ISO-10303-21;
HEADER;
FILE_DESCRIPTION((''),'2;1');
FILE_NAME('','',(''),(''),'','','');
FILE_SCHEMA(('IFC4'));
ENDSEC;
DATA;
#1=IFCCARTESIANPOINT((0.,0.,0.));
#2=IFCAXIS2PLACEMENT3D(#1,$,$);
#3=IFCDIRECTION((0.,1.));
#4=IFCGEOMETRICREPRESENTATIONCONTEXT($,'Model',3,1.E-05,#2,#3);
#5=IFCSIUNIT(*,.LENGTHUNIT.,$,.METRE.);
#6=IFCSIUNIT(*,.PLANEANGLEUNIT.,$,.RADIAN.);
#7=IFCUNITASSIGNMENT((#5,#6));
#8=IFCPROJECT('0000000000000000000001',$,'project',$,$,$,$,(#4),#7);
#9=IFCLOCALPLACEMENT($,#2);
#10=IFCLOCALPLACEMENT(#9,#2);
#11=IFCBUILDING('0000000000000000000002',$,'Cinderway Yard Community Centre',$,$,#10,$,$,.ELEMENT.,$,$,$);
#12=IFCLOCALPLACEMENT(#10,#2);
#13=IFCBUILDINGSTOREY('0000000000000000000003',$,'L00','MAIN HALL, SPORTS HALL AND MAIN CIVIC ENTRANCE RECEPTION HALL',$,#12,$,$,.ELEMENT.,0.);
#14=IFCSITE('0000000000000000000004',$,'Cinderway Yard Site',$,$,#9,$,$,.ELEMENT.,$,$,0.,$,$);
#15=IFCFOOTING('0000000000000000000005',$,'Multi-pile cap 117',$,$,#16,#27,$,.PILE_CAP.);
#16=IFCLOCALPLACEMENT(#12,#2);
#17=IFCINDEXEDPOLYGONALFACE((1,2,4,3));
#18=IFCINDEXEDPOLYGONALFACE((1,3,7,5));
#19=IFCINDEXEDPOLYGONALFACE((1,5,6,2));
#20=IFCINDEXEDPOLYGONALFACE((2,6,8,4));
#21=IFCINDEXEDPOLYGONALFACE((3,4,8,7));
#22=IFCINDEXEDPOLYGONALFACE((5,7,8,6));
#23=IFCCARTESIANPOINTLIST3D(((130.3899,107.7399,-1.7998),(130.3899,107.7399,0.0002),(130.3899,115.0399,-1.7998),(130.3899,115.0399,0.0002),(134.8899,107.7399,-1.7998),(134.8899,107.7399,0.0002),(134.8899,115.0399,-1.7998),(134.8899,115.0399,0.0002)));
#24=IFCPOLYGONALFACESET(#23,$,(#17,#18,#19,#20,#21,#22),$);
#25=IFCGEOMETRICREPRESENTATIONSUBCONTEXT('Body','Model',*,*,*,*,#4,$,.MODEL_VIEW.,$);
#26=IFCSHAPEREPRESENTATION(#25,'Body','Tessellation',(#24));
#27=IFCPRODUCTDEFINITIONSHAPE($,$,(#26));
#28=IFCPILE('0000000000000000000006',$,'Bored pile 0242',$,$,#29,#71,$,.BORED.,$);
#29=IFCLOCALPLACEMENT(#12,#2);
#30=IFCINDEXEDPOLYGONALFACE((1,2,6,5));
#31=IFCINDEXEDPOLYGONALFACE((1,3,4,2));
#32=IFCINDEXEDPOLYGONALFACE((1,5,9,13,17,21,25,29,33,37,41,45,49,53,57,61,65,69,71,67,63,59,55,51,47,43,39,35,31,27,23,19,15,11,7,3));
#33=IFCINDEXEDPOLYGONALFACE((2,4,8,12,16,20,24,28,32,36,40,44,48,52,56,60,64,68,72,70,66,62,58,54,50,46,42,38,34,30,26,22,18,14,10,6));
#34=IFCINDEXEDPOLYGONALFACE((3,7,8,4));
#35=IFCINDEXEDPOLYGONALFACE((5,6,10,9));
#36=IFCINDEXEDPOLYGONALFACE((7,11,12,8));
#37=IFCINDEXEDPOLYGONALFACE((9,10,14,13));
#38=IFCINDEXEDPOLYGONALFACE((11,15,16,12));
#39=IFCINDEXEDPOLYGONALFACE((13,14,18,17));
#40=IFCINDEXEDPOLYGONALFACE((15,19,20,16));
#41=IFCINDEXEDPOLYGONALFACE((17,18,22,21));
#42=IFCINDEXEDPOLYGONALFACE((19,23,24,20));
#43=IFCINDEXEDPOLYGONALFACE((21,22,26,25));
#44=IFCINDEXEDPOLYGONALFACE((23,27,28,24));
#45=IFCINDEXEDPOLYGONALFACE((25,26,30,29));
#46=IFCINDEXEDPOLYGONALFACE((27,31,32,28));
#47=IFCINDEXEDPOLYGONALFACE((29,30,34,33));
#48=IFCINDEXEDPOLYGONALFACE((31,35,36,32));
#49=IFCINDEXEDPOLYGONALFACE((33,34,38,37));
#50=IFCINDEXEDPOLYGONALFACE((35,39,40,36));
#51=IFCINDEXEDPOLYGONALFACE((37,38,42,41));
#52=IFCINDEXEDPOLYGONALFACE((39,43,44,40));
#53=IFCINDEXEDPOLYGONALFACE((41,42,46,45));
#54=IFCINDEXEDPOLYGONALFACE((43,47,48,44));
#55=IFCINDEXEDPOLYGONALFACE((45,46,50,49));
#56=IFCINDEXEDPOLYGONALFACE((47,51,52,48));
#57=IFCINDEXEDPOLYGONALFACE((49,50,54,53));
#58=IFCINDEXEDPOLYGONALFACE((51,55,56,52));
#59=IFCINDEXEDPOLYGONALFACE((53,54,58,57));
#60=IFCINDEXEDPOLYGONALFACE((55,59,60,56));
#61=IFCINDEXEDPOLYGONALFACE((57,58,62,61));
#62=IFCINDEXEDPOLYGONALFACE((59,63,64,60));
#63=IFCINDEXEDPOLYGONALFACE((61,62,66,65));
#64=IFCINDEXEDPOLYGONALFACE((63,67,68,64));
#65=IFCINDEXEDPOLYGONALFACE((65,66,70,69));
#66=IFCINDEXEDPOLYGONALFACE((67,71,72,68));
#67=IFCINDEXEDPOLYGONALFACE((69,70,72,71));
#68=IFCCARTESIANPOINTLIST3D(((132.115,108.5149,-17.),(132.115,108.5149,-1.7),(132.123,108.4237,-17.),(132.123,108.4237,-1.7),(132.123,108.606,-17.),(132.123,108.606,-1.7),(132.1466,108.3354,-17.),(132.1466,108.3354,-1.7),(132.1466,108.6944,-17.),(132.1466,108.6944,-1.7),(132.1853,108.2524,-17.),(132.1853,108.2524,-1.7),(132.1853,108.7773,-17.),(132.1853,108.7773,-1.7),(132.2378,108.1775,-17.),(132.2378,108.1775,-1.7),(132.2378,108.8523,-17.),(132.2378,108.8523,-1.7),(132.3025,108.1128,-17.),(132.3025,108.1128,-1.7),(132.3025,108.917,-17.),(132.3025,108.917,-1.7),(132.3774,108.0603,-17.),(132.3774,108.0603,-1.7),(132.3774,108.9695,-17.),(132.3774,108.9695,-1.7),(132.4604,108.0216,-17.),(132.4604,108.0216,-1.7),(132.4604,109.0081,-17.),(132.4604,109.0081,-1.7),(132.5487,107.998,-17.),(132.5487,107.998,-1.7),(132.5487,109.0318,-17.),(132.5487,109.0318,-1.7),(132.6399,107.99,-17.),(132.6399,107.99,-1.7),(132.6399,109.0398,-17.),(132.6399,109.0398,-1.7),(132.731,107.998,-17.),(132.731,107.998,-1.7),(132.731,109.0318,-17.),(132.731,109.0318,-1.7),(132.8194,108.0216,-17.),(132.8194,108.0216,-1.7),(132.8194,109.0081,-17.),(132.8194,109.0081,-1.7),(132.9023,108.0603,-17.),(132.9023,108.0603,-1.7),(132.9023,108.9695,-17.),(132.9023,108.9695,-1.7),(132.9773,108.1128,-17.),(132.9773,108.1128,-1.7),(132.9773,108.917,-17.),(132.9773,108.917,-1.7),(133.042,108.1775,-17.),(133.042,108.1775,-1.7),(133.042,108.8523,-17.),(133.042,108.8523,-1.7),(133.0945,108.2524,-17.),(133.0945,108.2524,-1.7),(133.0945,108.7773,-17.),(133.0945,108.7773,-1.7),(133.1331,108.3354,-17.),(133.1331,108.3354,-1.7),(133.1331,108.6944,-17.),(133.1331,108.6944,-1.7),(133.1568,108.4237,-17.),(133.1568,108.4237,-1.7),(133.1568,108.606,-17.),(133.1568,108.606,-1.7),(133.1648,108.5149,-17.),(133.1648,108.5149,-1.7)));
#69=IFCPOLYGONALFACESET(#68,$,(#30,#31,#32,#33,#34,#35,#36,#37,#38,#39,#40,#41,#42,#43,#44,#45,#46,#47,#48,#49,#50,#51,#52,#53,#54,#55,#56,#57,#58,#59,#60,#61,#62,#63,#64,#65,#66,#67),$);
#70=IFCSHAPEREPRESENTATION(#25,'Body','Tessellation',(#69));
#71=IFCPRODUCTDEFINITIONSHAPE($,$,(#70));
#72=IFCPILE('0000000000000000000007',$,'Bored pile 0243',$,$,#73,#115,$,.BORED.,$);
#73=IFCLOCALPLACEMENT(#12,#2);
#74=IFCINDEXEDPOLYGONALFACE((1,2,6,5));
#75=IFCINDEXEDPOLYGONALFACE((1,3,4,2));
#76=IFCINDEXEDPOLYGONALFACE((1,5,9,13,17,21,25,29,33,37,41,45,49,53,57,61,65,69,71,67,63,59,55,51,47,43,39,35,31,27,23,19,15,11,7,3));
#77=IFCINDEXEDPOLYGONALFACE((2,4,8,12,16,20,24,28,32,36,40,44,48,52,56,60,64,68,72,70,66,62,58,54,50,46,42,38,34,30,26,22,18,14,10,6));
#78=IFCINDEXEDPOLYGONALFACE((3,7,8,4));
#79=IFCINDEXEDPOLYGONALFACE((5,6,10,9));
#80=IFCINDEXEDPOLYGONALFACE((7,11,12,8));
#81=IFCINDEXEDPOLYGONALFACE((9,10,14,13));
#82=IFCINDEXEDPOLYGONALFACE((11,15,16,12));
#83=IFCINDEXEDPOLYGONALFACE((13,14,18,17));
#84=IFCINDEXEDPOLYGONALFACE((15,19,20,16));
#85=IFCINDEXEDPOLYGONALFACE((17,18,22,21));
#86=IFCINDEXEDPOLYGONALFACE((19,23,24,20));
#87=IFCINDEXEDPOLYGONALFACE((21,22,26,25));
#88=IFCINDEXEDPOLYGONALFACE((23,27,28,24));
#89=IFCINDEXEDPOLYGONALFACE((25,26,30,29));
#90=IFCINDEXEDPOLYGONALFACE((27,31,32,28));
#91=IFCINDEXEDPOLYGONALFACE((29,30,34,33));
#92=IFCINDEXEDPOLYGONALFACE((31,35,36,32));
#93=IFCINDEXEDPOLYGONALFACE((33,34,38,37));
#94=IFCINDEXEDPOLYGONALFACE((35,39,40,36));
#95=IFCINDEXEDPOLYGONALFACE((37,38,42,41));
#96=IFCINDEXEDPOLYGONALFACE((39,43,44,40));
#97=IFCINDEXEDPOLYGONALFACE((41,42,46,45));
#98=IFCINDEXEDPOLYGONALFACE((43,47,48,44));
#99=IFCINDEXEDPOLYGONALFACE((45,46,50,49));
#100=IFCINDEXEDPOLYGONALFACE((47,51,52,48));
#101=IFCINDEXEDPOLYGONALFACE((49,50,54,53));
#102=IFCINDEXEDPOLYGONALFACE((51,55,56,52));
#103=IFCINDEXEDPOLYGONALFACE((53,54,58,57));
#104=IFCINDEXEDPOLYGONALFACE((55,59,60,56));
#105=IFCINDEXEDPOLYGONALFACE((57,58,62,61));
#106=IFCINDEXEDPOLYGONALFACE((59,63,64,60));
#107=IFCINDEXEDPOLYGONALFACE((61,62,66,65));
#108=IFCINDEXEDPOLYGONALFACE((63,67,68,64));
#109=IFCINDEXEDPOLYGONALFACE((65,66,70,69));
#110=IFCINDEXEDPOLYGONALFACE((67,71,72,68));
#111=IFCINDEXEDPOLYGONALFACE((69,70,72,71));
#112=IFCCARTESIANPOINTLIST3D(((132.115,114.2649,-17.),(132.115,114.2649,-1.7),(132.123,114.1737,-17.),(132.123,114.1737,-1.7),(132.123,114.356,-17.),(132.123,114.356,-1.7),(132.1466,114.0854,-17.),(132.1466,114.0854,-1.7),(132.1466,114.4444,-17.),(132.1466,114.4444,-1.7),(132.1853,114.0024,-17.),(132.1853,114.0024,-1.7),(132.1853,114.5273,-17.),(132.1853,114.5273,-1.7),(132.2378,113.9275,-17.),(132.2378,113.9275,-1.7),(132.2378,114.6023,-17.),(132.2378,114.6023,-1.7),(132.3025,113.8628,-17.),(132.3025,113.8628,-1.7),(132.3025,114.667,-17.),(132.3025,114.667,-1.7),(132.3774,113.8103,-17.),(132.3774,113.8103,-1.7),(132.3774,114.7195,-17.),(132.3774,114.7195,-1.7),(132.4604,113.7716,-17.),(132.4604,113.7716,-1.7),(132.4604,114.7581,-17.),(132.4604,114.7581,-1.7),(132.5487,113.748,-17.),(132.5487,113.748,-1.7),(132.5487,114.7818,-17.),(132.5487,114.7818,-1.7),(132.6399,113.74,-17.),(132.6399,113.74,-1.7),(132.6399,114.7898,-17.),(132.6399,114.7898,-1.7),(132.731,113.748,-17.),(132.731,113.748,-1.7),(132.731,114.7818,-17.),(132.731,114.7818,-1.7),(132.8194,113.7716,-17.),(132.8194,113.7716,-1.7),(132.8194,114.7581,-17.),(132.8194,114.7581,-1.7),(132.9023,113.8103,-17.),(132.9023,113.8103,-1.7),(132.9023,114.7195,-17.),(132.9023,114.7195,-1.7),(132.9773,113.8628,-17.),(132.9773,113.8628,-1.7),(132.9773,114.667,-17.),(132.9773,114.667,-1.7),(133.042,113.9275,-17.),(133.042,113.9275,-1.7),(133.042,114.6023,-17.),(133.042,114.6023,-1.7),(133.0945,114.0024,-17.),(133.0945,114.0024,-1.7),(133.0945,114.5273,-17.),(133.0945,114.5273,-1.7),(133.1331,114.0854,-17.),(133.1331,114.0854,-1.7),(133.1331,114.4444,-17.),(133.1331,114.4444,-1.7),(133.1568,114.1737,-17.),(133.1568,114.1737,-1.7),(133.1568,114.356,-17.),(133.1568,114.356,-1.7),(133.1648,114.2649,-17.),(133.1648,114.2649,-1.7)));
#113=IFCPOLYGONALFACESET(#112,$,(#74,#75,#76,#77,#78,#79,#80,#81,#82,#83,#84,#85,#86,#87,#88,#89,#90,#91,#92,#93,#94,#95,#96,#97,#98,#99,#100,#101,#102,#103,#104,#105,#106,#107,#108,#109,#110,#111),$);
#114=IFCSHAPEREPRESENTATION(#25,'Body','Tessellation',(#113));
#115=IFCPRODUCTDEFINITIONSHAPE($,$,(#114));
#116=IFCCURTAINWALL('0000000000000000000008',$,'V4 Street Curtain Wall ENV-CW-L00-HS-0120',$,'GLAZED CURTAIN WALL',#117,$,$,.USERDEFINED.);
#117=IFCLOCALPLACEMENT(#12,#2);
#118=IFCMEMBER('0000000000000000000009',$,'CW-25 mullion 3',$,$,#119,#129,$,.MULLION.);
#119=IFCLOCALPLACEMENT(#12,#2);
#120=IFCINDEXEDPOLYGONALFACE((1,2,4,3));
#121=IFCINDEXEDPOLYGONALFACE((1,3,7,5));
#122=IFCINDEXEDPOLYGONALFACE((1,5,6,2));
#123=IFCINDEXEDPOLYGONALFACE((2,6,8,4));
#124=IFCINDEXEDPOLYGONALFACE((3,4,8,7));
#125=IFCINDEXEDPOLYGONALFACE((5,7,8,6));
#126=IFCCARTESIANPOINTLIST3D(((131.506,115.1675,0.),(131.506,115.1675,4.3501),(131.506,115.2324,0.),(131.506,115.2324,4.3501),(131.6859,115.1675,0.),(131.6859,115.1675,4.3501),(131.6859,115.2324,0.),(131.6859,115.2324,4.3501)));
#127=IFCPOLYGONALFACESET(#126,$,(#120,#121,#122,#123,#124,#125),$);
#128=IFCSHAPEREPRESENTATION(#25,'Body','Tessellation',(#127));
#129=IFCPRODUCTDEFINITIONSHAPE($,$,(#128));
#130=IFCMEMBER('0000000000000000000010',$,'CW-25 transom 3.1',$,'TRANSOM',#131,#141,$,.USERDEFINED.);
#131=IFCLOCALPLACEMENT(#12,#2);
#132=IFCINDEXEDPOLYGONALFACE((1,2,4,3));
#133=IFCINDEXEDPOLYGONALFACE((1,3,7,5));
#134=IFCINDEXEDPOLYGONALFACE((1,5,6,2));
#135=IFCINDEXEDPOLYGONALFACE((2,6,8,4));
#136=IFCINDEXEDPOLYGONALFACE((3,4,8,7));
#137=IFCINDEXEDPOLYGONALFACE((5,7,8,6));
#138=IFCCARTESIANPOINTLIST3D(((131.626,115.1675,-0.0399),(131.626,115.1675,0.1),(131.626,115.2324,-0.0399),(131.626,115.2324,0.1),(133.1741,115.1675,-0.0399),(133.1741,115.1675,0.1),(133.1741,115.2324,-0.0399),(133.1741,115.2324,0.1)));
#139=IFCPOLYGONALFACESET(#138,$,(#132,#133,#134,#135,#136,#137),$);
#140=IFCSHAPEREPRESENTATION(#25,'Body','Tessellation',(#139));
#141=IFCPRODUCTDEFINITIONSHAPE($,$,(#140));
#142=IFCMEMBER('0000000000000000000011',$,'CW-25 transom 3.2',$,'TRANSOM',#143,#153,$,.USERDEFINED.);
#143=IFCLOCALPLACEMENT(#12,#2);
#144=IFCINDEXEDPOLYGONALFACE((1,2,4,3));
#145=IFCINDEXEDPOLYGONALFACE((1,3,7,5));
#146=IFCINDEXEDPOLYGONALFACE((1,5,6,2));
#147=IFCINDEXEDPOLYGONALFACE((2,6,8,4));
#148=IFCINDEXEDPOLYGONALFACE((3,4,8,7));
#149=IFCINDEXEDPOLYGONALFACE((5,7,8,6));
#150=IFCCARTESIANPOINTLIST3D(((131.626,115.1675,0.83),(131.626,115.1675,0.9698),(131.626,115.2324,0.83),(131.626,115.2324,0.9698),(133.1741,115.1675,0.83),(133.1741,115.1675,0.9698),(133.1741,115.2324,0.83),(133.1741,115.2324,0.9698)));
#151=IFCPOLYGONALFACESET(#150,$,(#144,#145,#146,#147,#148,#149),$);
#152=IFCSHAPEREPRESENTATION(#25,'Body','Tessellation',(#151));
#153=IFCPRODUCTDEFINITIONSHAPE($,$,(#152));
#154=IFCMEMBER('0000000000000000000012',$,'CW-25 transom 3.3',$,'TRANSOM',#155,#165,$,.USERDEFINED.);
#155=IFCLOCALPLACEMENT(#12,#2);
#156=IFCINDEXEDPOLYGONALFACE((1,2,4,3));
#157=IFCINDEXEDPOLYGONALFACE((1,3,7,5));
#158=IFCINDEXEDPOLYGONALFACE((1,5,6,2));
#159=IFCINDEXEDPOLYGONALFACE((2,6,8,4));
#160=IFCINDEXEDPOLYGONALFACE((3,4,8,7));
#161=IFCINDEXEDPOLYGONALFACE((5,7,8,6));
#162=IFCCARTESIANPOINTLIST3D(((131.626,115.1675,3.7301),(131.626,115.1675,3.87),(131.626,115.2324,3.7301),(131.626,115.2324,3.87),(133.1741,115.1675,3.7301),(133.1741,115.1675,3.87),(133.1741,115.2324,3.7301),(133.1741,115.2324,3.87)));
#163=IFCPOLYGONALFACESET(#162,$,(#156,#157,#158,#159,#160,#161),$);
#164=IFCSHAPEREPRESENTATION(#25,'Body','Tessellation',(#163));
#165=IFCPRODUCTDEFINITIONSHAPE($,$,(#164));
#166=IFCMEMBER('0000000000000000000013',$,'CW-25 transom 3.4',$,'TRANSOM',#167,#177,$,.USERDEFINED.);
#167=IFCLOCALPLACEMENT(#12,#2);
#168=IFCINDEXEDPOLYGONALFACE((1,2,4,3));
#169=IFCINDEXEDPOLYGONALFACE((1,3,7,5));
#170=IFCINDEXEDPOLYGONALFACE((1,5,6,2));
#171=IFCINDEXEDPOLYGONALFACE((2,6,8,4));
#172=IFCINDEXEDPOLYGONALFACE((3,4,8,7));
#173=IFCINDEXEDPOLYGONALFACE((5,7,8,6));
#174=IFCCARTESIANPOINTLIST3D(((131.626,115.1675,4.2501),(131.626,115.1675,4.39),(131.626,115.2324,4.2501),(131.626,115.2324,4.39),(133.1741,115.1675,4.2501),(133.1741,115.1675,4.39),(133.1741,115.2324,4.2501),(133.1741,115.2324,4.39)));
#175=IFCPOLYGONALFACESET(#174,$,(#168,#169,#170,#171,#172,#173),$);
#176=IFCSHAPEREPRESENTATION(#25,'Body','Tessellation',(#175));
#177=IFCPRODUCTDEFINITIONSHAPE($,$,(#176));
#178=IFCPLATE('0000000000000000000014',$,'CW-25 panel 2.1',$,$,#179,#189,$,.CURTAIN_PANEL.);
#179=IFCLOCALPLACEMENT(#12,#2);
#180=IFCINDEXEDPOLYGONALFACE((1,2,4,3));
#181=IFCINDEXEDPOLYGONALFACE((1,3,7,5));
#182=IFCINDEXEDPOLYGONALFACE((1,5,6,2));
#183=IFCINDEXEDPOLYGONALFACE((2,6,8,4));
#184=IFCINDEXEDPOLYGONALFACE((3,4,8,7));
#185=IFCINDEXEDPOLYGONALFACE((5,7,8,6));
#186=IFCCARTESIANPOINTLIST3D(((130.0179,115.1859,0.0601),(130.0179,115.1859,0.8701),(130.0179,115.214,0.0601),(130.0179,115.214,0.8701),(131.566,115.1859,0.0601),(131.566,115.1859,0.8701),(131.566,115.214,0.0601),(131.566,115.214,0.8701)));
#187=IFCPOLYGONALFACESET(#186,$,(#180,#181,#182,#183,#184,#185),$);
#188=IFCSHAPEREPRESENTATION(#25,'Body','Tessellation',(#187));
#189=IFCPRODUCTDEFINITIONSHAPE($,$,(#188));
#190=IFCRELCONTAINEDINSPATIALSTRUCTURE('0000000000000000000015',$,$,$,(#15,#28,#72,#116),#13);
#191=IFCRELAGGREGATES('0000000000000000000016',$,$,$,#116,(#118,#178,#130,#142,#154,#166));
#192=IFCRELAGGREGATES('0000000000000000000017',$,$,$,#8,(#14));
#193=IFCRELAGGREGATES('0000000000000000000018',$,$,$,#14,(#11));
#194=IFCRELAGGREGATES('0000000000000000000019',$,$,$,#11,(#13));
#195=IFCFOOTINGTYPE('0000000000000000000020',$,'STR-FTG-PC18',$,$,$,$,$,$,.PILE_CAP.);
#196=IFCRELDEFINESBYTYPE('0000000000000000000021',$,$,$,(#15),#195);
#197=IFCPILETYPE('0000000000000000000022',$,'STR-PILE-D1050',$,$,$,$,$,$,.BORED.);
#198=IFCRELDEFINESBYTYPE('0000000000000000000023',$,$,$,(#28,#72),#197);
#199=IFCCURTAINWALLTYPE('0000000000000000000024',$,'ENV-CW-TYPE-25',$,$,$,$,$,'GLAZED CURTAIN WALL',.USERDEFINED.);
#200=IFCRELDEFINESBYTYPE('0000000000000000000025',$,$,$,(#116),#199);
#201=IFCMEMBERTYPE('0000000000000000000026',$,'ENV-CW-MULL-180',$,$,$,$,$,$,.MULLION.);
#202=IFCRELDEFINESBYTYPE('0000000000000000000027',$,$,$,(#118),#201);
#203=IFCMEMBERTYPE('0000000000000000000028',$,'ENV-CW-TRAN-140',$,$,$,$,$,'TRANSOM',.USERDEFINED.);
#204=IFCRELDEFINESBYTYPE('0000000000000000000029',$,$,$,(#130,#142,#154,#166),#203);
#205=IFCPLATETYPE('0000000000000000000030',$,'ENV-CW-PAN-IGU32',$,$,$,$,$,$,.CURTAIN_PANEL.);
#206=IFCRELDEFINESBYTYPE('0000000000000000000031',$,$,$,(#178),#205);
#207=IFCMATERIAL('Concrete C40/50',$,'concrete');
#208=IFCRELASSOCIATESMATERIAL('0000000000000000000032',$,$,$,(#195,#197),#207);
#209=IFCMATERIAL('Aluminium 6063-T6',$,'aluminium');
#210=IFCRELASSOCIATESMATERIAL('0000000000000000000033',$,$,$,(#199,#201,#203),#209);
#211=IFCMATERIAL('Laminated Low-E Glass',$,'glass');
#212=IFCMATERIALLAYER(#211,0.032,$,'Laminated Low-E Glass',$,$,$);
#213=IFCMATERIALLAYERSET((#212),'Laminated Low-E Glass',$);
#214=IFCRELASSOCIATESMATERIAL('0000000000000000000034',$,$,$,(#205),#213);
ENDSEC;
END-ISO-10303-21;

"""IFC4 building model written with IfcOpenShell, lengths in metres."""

from ifc_helpers import new_model, si_unit, direction, frame, origin, origin_2d, place, context, subcontext, project, spatial, rectangle, circle, extrude, material, layer, layer_set, material_profile, profile_set, type_object, element, aggregate, save


model = new_model("IFC4")

# Units and contexts
model_context = context("Model", 3, precision=1e-05, world=origin(), true_north=direction((0.0, 1.0)))
body_context = subcontext(model_context, "Body", "Model", "MODEL_VIEW")
ifc_project = project(units=[si_unit("LENGTHUNIT", "METRE"), si_unit("PLANEANGLEUNIT", "RADIAN")], contexts=[model_context])

# Site, building, storey
site_placement = place(None, origin())
site = spatial("IfcSite", under=ifc_project, at=site_placement, Name="Cinderway Yard Site", CompositionType="ELEMENT", RefElevation=0.0)
building_placement = place(site_placement, origin())
building = spatial("IfcBuilding", under=site, at=building_placement, Name="Cinderway Yard Community Centre", CompositionType="ELEMENT")
storey_placement = place(building_placement, origin())
storey = spatial("IfcBuildingStorey", under=building, at=storey_placement, Name="L00", Description="MAIN HALL, SPORTS HALL AND MAIN CIVIC ENTRANCE RECEPTION HALL", CompositionType="ELEMENT", Elevation=0.0)

# Footing
ifc_material_1 = material(Name="Concrete C40/50", Category="concrete")
footing_type = type_object("IfcFootingType", Name="STR-FTG-PC18", PredefinedType="PILE_CAP", material=ifc_material_1)
footing_placement = place(storey_placement, frame((132.6399, 111.3899, -1.7998), z_axis=(0.0, 0.0, 1.0), x_axis=(1.0, 0.0, 0.0)))
element("IfcFooting", 1, at=footing_placement, inside=storey, type_object=footing_type, Name="Multi-pile cap 117", PredefinedType="PILE_CAP", context=body_context, shape_type="SweptSolid", body=[
    extrude(rectangle(XDim=4.5, YDim=7.3, at=origin_2d()), origin(), (0.0, 0.0, 1.0), 1.8),
])

# Piles
ifc_material_profile_1 = material_profile(ifc_material_1, circle(Radius=0.5249, at=origin_2d()), Name="Concrete C40/50")
ifc_profile_set_1 = profile_set([ifc_material_profile_1], Name="Concrete C40/50")
pile_type = type_object("IfcPileType", Name="STR-PILE-D1050", PredefinedType="BORED", material=ifc_profile_set_1)
for number, where, z_axis, x_axis, name in (
    (2, (132.6399, 108.5149, -1.7), (0.0, 0.0, -1.0), (1.0, 0.0, 0.0), "Bored pile 0242"),
    (3, (132.6399, 114.2649, -1.7), (0.0, 0.0, -1.0), (1.0, 0.0, 0.0), "Bored pile 0243"),
):
    element("IfcPile", number, at=place(storey_placement, frame(where, z_axis=z_axis, x_axis=x_axis)), inside=storey, type_object=pile_type, Name=name, PredefinedType="BORED", context=body_context, shape_type="SweptSolid", body=[
        extrude(circle(Radius=0.5249, at=origin_2d()), origin(), (0.0, 0.0, 1.0), 15.3),
    ])

# Curtain wall, members, plate
ifc_material_2 = material(Name="Aluminium 6063-T6", Category="aluminium")
curtain_wall_type = type_object("IfcCurtainWallType", Name="ENV-CW-TYPE-25", ElementType="GLAZED CURTAIN WALL", PredefinedType="USERDEFINED", material=ifc_material_2)
curtain_wall_placement = place(storey_placement, origin())
curtain_wall = element("IfcCurtainWall", 4, at=curtain_wall_placement, inside=storey, type_object=curtain_wall_type, Name="V4 Street Curtain Wall ENV-CW-L00-HS-0120", ObjectType="GLAZED CURTAIN WALL", PredefinedType="USERDEFINED")
ifc_material_profile_2 = material_profile(ifc_material_2, rectangle(XDim=0.0649, YDim=0.1799, at=origin_2d()), Name="Aluminium 6063-T6")
ifc_profile_set_2 = profile_set([ifc_material_profile_2], Name="Aluminium 6063-T6")
member_type_1 = type_object("IfcMemberType", Name="ENV-CW-MULL-180", PredefinedType="MULLION", material=ifc_profile_set_2)
member_1_placement = place(storey_placement, frame((131.5959, 115.2, 0.0), z_axis=(0.0, 0.0, 1.0), x_axis=(0.0, 1.0, 0.0)))
member_1 = element("IfcMember", 5, at=member_1_placement, type_object=member_type_1, Name="CW-25 mullion 3", PredefinedType="MULLION", context=body_context, shape_type="SweptSolid", body=[
    extrude(rectangle(XDim=0.0649, YDim=0.1799, at=origin_2d()), origin(), (0.0, 0.0, 1.0), 4.3501),
])
ifc_material_profile_3 = material_profile(ifc_material_2, rectangle(XDim=0.0649, YDim=0.1399, at=origin_2d()), Name="Aluminium 6063-T6")
ifc_profile_set_3 = profile_set([ifc_material_profile_3], Name="Aluminium 6063-T6")
member_type_2 = type_object("IfcMemberType", Name="ENV-CW-TRAN-140", ElementType="TRANSOM", PredefinedType="USERDEFINED", material=ifc_profile_set_3)
member_2_placement = place(storey_placement, frame((131.626, 115.2, 0.03), z_axis=(1.0, 0.0, 0.0), x_axis=(0.0, 1.0, 0.0)))
member_2 = element("IfcMember", 6, at=member_2_placement, type_object=member_type_2, Name="CW-25 transom 3.1", ObjectType="TRANSOM", PredefinedType="USERDEFINED", context=body_context, shape_type="SweptSolid", body=[
    extrude(rectangle(XDim=0.0649, YDim=0.1399, at=origin_2d()), origin(), (0.0, 0.0, 1.0), 1.5481),
])
member_3_placement = place(storey_placement, frame((131.626, 115.2, 0.8999), z_axis=(1.0, 0.0, 0.0), x_axis=(0.0, 1.0, 0.0)))
member_3 = element("IfcMember", 7, at=member_3_placement, type_object=member_type_2, Name="CW-25 transom 3.2", ObjectType="TRANSOM", PredefinedType="USERDEFINED", context=body_context, shape_type="SweptSolid", body=[
    extrude(rectangle(XDim=0.0649, YDim=0.1399, at=origin_2d()), origin(), (0.0, 0.0, 1.0), 1.5481),
])
member_4_placement = place(storey_placement, frame((131.626, 115.2, 3.8), z_axis=(1.0, 0.0, 0.0), x_axis=(0.0, 1.0, 0.0)))
member_4 = element("IfcMember", 8, at=member_4_placement, type_object=member_type_2, Name="CW-25 transom 3.3", ObjectType="TRANSOM", PredefinedType="USERDEFINED", context=body_context, shape_type="SweptSolid", body=[
    extrude(rectangle(XDim=0.0649, YDim=0.1399, at=origin_2d()), origin(), (0.0, 0.0, 1.0), 1.5481),
])
member_5_placement = place(storey_placement, frame((131.626, 115.2, 4.3201), z_axis=(1.0, 0.0, 0.0), x_axis=(0.0, 1.0, 0.0)))
member_5 = element("IfcMember", 9, at=member_5_placement, type_object=member_type_2, Name="CW-25 transom 3.4", ObjectType="TRANSOM", PredefinedType="USERDEFINED", context=body_context, shape_type="SweptSolid", body=[
    extrude(rectangle(XDim=0.0649, YDim=0.1399, at=origin_2d()), origin(), (0.0, 0.0, 1.0), 1.5481),
])
ifc_material_3 = material(Name="Laminated Low-E Glass", Category="glass")
ifc_layer_1 = layer(ifc_material_3, 0.032, Name="Laminated Low-E Glass")
ifc_layer_set_1 = layer_set([ifc_layer_1], Name="Laminated Low-E Glass")
plate_type = type_object("IfcPlateType", Name="ENV-CW-PAN-IGU32", PredefinedType="CURTAIN_PANEL", material=ifc_layer_set_1)
plate_1_placement = place(storey_placement, frame((130.792, 115.2, 0.0601), z_axis=(0.0, 0.0, 1.0), x_axis=(1.0, 0.0, 0.0)))
plate_1 = element("IfcPlate", 10, at=plate_1_placement, type_object=plate_type, Name="CW-25 panel 2.1", PredefinedType="CURTAIN_PANEL", context=body_context, shape_type="SweptSolid", body=[
    extrude(rectangle(XDim=1.5481, YDim=0.0281, at=origin_2d()), origin(), (0.0, 0.0, 1.0), 0.8101),
])
aggregate(curtain_wall, [member_1, plate_1, member_2, member_3, member_4, member_5])

save(model, "model.ifc")
